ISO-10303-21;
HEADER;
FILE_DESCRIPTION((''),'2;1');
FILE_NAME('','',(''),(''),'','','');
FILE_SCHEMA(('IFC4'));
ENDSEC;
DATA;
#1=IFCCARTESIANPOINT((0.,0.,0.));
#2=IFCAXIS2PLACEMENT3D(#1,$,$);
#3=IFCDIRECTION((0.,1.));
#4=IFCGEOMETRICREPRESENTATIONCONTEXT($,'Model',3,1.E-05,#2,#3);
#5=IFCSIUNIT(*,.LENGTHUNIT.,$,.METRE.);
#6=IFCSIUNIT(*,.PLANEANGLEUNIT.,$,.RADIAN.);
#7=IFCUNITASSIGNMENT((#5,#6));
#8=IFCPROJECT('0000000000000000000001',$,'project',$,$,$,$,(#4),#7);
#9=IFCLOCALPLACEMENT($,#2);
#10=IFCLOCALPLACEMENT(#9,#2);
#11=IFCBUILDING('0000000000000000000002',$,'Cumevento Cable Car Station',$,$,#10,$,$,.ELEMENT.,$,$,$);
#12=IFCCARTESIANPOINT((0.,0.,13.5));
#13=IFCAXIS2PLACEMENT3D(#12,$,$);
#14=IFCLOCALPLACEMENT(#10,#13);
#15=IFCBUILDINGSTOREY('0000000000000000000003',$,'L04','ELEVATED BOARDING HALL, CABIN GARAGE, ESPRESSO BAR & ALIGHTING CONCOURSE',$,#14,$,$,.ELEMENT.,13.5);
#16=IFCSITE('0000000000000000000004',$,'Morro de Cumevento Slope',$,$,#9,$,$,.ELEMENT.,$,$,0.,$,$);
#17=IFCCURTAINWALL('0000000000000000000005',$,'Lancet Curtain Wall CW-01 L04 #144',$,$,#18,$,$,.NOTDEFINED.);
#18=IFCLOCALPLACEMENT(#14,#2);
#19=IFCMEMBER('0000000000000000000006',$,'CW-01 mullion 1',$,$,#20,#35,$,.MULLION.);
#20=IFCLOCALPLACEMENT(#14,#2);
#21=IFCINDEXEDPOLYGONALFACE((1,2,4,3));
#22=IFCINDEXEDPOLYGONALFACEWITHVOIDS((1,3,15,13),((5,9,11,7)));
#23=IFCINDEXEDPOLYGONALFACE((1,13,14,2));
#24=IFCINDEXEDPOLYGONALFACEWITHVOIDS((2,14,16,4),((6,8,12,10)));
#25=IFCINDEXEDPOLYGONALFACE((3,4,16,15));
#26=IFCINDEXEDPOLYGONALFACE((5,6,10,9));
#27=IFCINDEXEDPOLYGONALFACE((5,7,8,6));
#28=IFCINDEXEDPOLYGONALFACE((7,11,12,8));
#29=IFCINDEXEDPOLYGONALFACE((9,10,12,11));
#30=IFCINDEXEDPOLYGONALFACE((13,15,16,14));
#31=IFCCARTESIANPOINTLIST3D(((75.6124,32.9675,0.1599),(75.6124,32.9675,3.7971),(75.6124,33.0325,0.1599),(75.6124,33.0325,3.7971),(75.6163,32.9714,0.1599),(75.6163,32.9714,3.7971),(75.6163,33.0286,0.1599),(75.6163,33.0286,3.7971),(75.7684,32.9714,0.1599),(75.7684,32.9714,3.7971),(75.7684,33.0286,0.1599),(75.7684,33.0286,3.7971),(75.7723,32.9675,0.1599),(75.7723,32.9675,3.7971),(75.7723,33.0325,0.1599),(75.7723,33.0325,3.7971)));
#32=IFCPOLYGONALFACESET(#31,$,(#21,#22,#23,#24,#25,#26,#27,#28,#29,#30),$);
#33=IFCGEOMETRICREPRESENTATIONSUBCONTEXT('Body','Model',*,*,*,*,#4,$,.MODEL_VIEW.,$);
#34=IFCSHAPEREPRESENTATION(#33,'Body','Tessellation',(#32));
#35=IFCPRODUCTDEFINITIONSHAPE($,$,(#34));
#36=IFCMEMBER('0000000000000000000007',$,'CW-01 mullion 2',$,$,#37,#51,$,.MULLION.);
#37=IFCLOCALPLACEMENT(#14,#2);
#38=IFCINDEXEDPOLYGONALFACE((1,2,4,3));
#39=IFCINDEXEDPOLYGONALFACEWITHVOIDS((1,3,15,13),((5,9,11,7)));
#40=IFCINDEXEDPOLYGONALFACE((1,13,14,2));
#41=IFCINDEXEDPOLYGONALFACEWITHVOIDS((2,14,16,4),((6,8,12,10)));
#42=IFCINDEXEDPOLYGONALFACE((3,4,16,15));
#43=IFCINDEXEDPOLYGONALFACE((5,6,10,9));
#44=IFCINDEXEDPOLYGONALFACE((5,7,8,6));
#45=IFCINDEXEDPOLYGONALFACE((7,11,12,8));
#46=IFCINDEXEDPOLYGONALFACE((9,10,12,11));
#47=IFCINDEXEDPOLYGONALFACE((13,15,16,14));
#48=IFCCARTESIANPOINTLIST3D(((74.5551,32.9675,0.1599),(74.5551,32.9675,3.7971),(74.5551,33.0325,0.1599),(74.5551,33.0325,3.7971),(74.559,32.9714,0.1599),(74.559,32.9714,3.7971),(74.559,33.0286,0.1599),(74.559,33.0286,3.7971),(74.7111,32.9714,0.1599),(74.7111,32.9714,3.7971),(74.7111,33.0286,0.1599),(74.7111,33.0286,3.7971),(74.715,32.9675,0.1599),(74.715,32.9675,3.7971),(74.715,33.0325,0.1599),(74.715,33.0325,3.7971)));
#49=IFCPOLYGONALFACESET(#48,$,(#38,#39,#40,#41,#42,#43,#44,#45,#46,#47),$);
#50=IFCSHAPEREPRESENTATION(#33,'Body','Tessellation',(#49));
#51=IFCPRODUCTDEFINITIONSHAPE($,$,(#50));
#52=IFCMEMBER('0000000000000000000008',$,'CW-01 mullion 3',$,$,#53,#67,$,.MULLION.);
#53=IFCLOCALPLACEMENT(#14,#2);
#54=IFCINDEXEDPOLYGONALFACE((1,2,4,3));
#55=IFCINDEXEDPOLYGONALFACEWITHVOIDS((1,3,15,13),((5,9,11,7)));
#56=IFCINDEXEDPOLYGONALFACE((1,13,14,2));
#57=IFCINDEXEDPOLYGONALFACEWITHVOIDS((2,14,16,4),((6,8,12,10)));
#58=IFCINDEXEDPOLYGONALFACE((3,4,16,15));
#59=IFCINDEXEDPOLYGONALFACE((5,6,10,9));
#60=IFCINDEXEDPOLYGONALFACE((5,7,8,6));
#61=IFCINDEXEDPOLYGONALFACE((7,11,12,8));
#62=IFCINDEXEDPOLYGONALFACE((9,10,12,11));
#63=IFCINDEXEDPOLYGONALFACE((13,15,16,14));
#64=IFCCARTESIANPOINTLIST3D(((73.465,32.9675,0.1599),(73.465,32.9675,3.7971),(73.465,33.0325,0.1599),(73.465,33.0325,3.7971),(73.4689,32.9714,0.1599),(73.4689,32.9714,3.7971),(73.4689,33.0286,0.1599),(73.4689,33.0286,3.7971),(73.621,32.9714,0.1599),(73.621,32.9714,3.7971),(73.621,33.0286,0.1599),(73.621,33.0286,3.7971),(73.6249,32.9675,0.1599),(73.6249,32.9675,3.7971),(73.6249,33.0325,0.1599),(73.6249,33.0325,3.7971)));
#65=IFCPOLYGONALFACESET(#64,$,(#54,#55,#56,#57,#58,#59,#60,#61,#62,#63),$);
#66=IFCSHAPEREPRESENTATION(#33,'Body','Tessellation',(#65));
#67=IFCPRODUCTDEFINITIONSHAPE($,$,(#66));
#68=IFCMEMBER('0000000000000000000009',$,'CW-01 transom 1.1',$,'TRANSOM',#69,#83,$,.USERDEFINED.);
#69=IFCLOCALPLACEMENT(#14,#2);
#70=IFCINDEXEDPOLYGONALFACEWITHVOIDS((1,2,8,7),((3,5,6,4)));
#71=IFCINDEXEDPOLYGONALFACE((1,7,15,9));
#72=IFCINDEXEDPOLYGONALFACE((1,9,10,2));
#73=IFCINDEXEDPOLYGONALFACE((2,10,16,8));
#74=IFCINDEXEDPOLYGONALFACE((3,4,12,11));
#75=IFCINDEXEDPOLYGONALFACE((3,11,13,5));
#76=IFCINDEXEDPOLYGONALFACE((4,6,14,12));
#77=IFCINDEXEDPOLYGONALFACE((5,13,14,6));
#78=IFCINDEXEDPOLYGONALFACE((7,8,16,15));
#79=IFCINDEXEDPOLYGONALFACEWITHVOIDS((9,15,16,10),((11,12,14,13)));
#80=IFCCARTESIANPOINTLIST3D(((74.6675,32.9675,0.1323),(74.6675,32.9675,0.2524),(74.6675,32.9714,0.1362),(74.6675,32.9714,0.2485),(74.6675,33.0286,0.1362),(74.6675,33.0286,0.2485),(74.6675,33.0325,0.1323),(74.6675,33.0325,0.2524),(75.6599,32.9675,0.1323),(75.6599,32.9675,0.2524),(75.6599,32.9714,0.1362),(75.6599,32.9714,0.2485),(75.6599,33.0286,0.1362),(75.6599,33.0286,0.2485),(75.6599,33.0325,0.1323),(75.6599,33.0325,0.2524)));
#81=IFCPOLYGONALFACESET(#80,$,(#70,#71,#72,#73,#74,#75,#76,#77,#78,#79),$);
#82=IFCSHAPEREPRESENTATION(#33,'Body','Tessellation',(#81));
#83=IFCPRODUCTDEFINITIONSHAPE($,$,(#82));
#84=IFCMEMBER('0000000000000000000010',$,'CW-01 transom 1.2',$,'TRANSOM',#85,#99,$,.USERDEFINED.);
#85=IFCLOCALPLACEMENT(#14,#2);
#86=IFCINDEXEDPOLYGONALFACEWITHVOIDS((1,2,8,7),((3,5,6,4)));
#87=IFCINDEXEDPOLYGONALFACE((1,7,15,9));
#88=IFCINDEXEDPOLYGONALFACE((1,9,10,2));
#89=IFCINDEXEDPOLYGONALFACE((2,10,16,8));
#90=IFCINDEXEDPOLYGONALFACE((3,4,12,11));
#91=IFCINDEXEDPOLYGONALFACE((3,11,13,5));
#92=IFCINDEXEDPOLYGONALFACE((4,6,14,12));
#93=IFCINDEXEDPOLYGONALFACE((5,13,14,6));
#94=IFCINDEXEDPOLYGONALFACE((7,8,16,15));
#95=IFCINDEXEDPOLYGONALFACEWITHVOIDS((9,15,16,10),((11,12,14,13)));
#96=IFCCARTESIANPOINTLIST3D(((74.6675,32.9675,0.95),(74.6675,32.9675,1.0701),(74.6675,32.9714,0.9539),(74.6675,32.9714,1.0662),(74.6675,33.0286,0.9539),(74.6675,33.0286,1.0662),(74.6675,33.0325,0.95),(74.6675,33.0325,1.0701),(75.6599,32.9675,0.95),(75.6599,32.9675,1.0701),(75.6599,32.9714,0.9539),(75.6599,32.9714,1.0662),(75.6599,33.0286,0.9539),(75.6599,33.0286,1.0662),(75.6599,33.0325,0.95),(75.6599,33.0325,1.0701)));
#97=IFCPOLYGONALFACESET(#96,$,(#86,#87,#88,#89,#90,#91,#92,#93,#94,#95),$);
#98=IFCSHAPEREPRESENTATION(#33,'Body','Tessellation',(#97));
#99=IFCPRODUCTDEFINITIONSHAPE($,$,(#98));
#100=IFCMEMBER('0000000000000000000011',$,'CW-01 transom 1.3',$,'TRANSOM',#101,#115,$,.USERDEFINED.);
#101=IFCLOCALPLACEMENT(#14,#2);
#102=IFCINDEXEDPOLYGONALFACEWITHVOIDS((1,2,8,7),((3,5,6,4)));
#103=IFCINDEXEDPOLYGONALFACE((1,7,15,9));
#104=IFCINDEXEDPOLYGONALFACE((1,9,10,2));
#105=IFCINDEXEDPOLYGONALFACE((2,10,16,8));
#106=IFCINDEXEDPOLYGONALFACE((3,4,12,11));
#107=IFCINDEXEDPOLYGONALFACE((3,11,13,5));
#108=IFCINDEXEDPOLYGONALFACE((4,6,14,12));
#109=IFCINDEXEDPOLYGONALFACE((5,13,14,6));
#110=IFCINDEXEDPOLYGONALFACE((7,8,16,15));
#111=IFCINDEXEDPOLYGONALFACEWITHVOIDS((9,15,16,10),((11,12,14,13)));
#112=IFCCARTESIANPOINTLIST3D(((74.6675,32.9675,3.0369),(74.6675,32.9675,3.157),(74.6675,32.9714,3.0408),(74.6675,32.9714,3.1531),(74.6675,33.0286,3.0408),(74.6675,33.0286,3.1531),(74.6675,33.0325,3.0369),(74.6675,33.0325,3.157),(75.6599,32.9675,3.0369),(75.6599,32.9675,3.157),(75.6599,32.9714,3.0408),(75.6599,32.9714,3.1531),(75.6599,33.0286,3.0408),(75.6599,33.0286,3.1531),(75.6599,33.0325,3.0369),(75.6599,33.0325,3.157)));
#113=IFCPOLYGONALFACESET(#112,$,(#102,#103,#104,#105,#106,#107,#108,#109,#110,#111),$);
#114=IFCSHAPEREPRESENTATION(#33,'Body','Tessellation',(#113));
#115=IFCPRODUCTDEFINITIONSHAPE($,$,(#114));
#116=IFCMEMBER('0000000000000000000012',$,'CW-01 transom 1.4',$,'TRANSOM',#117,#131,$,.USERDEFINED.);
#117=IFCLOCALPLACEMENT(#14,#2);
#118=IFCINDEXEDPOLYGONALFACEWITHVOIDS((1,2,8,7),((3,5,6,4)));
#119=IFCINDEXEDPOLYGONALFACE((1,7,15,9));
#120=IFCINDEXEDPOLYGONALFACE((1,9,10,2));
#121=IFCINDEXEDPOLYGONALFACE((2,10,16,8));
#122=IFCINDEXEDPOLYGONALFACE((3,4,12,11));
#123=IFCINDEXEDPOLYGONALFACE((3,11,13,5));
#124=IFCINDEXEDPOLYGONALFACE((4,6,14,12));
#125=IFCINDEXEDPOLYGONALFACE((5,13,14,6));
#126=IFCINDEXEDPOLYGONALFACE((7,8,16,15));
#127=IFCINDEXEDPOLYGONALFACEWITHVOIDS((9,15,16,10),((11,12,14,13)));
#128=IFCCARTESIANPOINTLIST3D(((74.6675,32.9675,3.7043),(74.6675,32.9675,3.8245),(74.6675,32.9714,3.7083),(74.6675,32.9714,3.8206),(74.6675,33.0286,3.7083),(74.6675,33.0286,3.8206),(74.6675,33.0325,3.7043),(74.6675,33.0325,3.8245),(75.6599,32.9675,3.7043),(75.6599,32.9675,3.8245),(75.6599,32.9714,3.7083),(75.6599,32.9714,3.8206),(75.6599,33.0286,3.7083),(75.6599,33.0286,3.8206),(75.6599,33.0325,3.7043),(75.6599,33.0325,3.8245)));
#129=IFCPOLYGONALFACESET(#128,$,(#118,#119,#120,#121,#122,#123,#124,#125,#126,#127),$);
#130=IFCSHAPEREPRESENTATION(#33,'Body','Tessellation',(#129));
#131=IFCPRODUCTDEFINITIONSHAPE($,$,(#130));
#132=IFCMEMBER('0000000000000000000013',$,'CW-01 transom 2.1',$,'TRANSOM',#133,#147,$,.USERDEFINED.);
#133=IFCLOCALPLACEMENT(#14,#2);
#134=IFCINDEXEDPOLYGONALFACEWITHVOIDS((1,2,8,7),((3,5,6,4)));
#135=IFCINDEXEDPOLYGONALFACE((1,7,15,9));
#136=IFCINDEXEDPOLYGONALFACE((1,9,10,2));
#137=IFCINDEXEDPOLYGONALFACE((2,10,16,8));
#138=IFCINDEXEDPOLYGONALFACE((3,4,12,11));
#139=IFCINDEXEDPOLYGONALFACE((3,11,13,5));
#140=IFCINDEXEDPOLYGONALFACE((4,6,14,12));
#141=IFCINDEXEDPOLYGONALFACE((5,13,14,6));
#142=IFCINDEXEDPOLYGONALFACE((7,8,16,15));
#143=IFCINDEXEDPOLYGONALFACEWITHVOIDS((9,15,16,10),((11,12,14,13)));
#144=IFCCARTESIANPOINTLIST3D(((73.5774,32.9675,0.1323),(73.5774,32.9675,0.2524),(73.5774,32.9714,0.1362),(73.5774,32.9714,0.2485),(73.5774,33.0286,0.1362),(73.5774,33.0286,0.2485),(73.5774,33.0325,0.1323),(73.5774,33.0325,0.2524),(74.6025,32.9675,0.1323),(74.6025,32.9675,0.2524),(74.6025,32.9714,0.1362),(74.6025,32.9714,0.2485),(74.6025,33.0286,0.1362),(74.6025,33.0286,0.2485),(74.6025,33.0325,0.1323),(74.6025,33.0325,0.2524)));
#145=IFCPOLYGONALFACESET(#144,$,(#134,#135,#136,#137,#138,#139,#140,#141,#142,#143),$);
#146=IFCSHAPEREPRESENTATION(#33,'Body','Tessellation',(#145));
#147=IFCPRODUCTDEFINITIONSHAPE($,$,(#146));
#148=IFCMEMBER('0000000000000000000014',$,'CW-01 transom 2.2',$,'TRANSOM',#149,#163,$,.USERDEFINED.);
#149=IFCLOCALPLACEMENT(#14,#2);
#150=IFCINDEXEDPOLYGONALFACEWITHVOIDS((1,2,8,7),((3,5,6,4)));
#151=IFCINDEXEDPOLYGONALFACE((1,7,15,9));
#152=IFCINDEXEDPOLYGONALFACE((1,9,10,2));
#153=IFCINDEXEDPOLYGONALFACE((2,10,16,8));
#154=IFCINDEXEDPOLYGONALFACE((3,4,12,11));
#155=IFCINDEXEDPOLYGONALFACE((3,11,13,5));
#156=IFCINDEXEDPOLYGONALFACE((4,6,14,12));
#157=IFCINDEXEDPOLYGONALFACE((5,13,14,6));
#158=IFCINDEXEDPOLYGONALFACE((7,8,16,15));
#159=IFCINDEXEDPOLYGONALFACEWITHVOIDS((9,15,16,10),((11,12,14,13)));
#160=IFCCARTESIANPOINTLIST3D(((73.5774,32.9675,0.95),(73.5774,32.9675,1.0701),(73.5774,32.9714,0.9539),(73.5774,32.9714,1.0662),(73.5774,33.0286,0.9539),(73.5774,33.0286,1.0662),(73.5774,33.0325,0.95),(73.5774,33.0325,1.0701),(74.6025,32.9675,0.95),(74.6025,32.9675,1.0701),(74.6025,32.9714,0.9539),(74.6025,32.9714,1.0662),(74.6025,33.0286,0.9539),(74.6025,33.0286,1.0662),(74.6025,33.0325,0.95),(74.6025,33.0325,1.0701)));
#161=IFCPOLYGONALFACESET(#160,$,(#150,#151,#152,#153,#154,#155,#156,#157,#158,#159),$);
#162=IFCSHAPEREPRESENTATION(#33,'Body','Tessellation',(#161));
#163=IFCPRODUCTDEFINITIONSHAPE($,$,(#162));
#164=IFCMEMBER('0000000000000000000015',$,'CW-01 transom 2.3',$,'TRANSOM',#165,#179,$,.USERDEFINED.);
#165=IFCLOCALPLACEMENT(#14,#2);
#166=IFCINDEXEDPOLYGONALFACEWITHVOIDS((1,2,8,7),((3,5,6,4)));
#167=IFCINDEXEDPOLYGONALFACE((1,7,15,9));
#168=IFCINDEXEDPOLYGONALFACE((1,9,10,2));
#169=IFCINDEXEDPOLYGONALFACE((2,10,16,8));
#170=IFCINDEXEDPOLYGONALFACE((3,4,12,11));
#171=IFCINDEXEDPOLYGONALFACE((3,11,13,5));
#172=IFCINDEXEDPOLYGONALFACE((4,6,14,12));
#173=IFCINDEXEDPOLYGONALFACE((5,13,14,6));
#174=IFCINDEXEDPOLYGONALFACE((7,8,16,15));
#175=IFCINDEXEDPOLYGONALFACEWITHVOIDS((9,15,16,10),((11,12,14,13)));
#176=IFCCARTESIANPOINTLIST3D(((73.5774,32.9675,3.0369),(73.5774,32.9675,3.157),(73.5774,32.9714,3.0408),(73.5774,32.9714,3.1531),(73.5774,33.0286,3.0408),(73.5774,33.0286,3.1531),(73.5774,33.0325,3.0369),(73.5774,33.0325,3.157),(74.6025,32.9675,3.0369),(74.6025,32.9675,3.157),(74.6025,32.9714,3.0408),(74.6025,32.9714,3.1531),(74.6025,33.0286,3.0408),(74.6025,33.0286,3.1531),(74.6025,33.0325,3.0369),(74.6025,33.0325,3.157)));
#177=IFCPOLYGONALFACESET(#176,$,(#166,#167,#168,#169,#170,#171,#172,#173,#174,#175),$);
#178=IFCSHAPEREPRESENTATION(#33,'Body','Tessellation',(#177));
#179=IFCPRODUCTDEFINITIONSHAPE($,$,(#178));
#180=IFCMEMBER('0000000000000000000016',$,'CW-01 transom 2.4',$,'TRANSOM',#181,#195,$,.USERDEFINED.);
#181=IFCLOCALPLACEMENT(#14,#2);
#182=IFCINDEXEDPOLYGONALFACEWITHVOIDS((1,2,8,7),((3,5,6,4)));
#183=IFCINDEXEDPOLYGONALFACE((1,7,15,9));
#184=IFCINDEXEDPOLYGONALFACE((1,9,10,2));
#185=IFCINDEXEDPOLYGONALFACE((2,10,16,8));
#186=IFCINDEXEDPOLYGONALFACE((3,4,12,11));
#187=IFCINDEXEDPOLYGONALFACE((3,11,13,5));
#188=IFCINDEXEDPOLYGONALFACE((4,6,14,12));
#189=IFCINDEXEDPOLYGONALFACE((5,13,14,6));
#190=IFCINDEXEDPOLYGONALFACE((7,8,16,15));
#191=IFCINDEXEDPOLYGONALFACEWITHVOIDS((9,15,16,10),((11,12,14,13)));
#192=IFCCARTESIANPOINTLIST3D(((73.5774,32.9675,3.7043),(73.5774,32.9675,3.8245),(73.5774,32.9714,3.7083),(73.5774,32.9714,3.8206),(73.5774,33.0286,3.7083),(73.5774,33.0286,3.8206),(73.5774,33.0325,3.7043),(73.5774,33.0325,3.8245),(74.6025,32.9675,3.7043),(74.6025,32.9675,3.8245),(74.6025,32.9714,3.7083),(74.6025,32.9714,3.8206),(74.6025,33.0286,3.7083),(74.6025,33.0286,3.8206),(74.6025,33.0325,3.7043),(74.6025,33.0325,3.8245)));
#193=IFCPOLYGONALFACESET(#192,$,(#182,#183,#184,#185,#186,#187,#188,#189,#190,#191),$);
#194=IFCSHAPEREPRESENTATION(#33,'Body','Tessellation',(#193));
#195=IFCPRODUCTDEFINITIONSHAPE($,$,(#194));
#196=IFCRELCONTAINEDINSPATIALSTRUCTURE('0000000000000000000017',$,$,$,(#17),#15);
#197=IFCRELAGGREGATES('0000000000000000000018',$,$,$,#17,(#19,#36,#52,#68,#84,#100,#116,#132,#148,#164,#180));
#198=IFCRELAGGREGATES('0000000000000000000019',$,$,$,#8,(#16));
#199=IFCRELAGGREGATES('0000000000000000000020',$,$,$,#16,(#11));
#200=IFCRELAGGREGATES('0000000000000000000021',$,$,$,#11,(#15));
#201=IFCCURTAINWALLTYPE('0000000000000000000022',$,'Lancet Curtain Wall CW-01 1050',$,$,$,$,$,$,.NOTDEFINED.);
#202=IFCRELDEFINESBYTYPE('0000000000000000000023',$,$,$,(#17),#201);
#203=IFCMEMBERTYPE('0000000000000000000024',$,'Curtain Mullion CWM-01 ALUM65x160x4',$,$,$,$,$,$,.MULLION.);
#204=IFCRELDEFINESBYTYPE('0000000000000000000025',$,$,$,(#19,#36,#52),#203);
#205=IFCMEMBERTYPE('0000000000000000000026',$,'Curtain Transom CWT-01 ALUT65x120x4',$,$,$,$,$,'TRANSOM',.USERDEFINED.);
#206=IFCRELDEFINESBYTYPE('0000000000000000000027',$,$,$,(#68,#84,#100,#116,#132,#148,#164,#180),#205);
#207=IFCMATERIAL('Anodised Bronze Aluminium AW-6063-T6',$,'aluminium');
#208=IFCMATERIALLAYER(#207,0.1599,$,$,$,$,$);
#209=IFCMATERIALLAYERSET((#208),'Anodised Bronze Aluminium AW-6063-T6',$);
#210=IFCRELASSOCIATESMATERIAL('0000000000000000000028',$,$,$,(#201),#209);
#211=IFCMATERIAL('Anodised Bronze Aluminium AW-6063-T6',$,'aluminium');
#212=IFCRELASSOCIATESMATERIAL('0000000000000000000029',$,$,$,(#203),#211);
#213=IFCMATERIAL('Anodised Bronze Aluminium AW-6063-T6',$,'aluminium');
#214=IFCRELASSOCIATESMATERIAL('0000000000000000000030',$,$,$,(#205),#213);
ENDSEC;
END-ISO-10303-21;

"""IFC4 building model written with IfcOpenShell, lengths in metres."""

from ifc_helpers import new_model, si_unit, direction, frame, origin, origin_2d, place, context, subcontext, project, spatial, hollow_rectangle, extrude, material, layer, layer_set, material_profile, profile_set, type_object, element, aggregate, save


model = new_model("IFC4")

# Units and contexts
model_context = context("Model", 3, precision=1e-05, world=origin(), true_north=direction((0.0, 1.0)))
body_context = subcontext(model_context, "Body", "Model", "MODEL_VIEW")
ifc_project = project(units=[si_unit("LENGTHUNIT", "METRE"), si_unit("PLANEANGLEUNIT", "RADIAN")], contexts=[model_context])

# Site, building, storey
site_placement = place(None, origin())
site = spatial("IfcSite", under=ifc_project, at=site_placement, Name="Morro de Cumevento Slope", CompositionType="ELEMENT", RefElevation=0.0)
building_placement = place(site_placement, origin())
building = spatial("IfcBuilding", under=site, at=building_placement, Name="Cumevento Cable Car Station", CompositionType="ELEMENT")
storey_placement = place(building_placement, frame((0.0, 0.0, 13.5)))
storey = spatial("IfcBuildingStorey", under=building, at=storey_placement, Name="L04", Description="ELEVATED BOARDING HALL, CABIN GARAGE, ESPRESSO BAR & ALIGHTING CONCOURSE", CompositionType="ELEMENT", Elevation=13.5)

# Curtain wall, members
ifc_material_1 = material(Name="Anodised Bronze Aluminium AW-6063-T6", Category="aluminium")
ifc_layer_1 = layer(ifc_material_1, 0.1599)
ifc_layer_set_1 = layer_set([ifc_layer_1], Name="Anodised Bronze Aluminium AW-6063-T6")
curtain_wall_type = type_object("IfcCurtainWallType", Name="Lancet Curtain Wall CW-01 1050", PredefinedType="NOTDEFINED", material=ifc_layer_set_1)
curtain_wall_placement = place(storey_placement, origin())
curtain_wall = element("IfcCurtainWall", 1, at=curtain_wall_placement, inside=storey, type_object=curtain_wall_type, Name="Lancet Curtain Wall CW-01 L04 #144", PredefinedType="NOTDEFINED")
ifc_material_2 = material(Name="Anodised Bronze Aluminium AW-6063-T6", Category="aluminium")
ifc_material_profile_1 = material_profile(ifc_material_2, hollow_rectangle(XDim=0.0649, YDim=0.1599, WallThickness=0.0039, at=origin_2d()), Name="ALUM65x160x4")
ifc_profile_set_1 = profile_set([ifc_material_profile_1], Name="Anodised Bronze Aluminium AW-6063-T6")
member_type_1 = type_object("IfcMemberType", Name="Curtain Mullion CWM-01 ALUM65x160x4", PredefinedType="MULLION", material=ifc_profile_set_1)
member_1_placement = place(storey_placement, frame((75.6924, 33.0, 0.1599), z_axis=(0.0, 0.0, 1.0), x_axis=(0.0, -1.0, 0.0)))
member_1 = element("IfcMember", 2, at=member_1_placement, type_object=member_type_1, Name="CW-01 mullion 1", PredefinedType="MULLION", context=body_context, shape_type="SweptSolid", body=[
    extrude(hollow_rectangle(XDim=0.0649, YDim=0.1599, WallThickness=0.0039, at=origin_2d()), origin(), (0.0, 0.0, 1.0), 3.6372),
])
member_2_placement = place(storey_placement, frame((74.635, 33.0, 0.1599), z_axis=(0.0, 0.0, 1.0), x_axis=(0.0, -1.0, 0.0)))
member_2 = element("IfcMember", 3, at=member_2_placement, type_object=member_type_1, Name="CW-01 mullion 2", PredefinedType="MULLION", context=body_context, shape_type="SweptSolid", body=[
    extrude(hollow_rectangle(XDim=0.0649, YDim=0.1599, WallThickness=0.0039, at=origin_2d()), origin(), (0.0, 0.0, 1.0), 3.6372),
])
member_3_placement = place(storey_placement, frame((73.5449, 33.0, 0.1599), z_axis=(0.0, 0.0, 1.0), x_axis=(0.0, -1.0, 0.0)))
member_3 = element("IfcMember", 4, at=member_3_placement, type_object=member_type_1, Name="CW-01 mullion 3", PredefinedType="MULLION", context=body_context, shape_type="SweptSolid", body=[
    extrude(hollow_rectangle(XDim=0.0649, YDim=0.1599, WallThickness=0.0039, at=origin_2d()), origin(), (0.0, 0.0, 1.0), 3.6372),
])
ifc_material_3 = material(Name="Anodised Bronze Aluminium AW-6063-T6", Category="aluminium")
ifc_material_profile_2 = material_profile(ifc_material_3, hollow_rectangle(XDim=0.0649, YDim=0.1201, WallThickness=0.0039, at=origin_2d()), Name="ALUT65x120x4")
ifc_profile_set_2 = profile_set([ifc_material_profile_2], Name="Anodised Bronze Aluminium AW-6063-T6")
member_type_2 = type_object("IfcMemberType", Name="Curtain Transom CWT-01 ALUT65x120x4", ElementType="TRANSOM", PredefinedType="USERDEFINED", material=ifc_profile_set_2)
member_4_placement = place(storey_placement, frame((75.6599, 33.0, 0.1924), z_axis=(-1.0, 0.0, 0.0), x_axis=(0.0, -1.0, 0.0)))
member_4 = element("IfcMember", 5, at=member_4_placement, type_object=member_type_2, Name="CW-01 transom 1.1", ObjectType="TRANSOM", PredefinedType="USERDEFINED", context=body_context, shape_type="SweptSolid", body=[
    extrude(hollow_rectangle(XDim=0.0649, YDim=0.1201, WallThickness=0.0039, at=origin_2d()), origin(), (0.0, 0.0, 1.0), 0.9924),
])
member_5_placement = place(storey_placement, frame((75.6599, 33.0, 1.01), z_axis=(-1.0, 0.0, 0.0), x_axis=(0.0, -1.0, 0.0)))
member_5 = element("IfcMember", 6, at=member_5_placement, type_object=member_type_2, Name="CW-01 transom 1.2", ObjectType="TRANSOM", PredefinedType="USERDEFINED", context=body_context, shape_type="SweptSolid", body=[
    extrude(hollow_rectangle(XDim=0.0649, YDim=0.1201, WallThickness=0.0039, at=origin_2d()), origin(), (0.0, 0.0, 1.0), 0.9924),
])
member_6_placement = place(storey_placement, frame((75.6599, 33.0, 3.0969), z_axis=(-1.0, 0.0, 0.0), x_axis=(0.0, -1.0, 0.0)))
member_6 = element("IfcMember", 7, at=member_6_placement, type_object=member_type_2, Name="CW-01 transom 1.3", ObjectType="TRANSOM", PredefinedType="USERDEFINED", context=body_context, shape_type="SweptSolid", body=[
    extrude(hollow_rectangle(XDim=0.0649, YDim=0.1201, WallThickness=0.0039, at=origin_2d()), origin(), (0.0, 0.0, 1.0), 0.9924),
])
member_7_placement = place(storey_placement, frame((75.6599, 33.0, 3.7644), z_axis=(-1.0, 0.0, 0.0), x_axis=(0.0, -1.0, 0.0)))
member_7 = element("IfcMember", 8, at=member_7_placement, type_object=member_type_2, Name="CW-01 transom 1.4", ObjectType="TRANSOM", PredefinedType="USERDEFINED", context=body_context, shape_type="SweptSolid", body=[
    extrude(hollow_rectangle(XDim=0.0649, YDim=0.1201, WallThickness=0.0039, at=origin_2d()), origin(), (0.0, 0.0, 1.0), 0.9924),
])
member_8_placement = place(storey_placement, frame((74.6025, 33.0, 0.1924), z_axis=(-1.0, 0.0, 0.0), x_axis=(0.0, -1.0, 0.0)))
member_8 = element("IfcMember", 9, at=member_8_placement, type_object=member_type_2, Name="CW-01 transom 2.1", ObjectType="TRANSOM", PredefinedType="USERDEFINED", context=body_context, shape_type="SweptSolid", body=[
    extrude(hollow_rectangle(XDim=0.0649, YDim=0.1201, WallThickness=0.0039, at=origin_2d()), origin(), (0.0, 0.0, 1.0), 1.0251),
])
member_9_placement = place(storey_placement, frame((74.6025, 33.0, 1.01), z_axis=(-1.0, 0.0, 0.0), x_axis=(0.0, -1.0, 0.0)))
member_9 = element("IfcMember", 10, at=member_9_placement, type_object=member_type_2, Name="CW-01 transom 2.2", ObjectType="TRANSOM", PredefinedType="USERDEFINED", context=body_context, shape_type="SweptSolid", body=[
    extrude(hollow_rectangle(XDim=0.0649, YDim=0.1201, WallThickness=0.0039, at=origin_2d()), origin(), (0.0, 0.0, 1.0), 1.0251),
])
member_10_placement = place(storey_placement, frame((74.6025, 33.0, 3.0969), z_axis=(-1.0, 0.0, 0.0), x_axis=(0.0, -1.0, 0.0)))
member_10 = element("IfcMember", 11, at=member_10_placement, type_object=member_type_2, Name="CW-01 transom 2.3", ObjectType="TRANSOM", PredefinedType="USERDEFINED", context=body_context, shape_type="SweptSolid", body=[
    extrude(hollow_rectangle(XDim=0.0649, YDim=0.1201, WallThickness=0.0039, at=origin_2d()), origin(), (0.0, 0.0, 1.0), 1.0251),
])
member_11_placement = place(storey_placement, frame((74.6025, 33.0, 3.7644), z_axis=(-1.0, 0.0, 0.0), x_axis=(0.0, -1.0, 0.0)))
member_11 = element("IfcMember", 12, at=member_11_placement, type_object=member_type_2, Name="CW-01 transom 2.4", ObjectType="TRANSOM", PredefinedType="USERDEFINED", context=body_context, shape_type="SweptSolid", body=[
    extrude(hollow_rectangle(XDim=0.0649, YDim=0.1201, WallThickness=0.0039, at=origin_2d()), origin(), (0.0, 0.0, 1.0), 1.0251),
])

aggregate(curtain_wall, [member_1, member_2, member_3, member_4, member_5, member_6, member_7, member_8, member_9, member_10, member_11])

save(model, "model.ifc")
